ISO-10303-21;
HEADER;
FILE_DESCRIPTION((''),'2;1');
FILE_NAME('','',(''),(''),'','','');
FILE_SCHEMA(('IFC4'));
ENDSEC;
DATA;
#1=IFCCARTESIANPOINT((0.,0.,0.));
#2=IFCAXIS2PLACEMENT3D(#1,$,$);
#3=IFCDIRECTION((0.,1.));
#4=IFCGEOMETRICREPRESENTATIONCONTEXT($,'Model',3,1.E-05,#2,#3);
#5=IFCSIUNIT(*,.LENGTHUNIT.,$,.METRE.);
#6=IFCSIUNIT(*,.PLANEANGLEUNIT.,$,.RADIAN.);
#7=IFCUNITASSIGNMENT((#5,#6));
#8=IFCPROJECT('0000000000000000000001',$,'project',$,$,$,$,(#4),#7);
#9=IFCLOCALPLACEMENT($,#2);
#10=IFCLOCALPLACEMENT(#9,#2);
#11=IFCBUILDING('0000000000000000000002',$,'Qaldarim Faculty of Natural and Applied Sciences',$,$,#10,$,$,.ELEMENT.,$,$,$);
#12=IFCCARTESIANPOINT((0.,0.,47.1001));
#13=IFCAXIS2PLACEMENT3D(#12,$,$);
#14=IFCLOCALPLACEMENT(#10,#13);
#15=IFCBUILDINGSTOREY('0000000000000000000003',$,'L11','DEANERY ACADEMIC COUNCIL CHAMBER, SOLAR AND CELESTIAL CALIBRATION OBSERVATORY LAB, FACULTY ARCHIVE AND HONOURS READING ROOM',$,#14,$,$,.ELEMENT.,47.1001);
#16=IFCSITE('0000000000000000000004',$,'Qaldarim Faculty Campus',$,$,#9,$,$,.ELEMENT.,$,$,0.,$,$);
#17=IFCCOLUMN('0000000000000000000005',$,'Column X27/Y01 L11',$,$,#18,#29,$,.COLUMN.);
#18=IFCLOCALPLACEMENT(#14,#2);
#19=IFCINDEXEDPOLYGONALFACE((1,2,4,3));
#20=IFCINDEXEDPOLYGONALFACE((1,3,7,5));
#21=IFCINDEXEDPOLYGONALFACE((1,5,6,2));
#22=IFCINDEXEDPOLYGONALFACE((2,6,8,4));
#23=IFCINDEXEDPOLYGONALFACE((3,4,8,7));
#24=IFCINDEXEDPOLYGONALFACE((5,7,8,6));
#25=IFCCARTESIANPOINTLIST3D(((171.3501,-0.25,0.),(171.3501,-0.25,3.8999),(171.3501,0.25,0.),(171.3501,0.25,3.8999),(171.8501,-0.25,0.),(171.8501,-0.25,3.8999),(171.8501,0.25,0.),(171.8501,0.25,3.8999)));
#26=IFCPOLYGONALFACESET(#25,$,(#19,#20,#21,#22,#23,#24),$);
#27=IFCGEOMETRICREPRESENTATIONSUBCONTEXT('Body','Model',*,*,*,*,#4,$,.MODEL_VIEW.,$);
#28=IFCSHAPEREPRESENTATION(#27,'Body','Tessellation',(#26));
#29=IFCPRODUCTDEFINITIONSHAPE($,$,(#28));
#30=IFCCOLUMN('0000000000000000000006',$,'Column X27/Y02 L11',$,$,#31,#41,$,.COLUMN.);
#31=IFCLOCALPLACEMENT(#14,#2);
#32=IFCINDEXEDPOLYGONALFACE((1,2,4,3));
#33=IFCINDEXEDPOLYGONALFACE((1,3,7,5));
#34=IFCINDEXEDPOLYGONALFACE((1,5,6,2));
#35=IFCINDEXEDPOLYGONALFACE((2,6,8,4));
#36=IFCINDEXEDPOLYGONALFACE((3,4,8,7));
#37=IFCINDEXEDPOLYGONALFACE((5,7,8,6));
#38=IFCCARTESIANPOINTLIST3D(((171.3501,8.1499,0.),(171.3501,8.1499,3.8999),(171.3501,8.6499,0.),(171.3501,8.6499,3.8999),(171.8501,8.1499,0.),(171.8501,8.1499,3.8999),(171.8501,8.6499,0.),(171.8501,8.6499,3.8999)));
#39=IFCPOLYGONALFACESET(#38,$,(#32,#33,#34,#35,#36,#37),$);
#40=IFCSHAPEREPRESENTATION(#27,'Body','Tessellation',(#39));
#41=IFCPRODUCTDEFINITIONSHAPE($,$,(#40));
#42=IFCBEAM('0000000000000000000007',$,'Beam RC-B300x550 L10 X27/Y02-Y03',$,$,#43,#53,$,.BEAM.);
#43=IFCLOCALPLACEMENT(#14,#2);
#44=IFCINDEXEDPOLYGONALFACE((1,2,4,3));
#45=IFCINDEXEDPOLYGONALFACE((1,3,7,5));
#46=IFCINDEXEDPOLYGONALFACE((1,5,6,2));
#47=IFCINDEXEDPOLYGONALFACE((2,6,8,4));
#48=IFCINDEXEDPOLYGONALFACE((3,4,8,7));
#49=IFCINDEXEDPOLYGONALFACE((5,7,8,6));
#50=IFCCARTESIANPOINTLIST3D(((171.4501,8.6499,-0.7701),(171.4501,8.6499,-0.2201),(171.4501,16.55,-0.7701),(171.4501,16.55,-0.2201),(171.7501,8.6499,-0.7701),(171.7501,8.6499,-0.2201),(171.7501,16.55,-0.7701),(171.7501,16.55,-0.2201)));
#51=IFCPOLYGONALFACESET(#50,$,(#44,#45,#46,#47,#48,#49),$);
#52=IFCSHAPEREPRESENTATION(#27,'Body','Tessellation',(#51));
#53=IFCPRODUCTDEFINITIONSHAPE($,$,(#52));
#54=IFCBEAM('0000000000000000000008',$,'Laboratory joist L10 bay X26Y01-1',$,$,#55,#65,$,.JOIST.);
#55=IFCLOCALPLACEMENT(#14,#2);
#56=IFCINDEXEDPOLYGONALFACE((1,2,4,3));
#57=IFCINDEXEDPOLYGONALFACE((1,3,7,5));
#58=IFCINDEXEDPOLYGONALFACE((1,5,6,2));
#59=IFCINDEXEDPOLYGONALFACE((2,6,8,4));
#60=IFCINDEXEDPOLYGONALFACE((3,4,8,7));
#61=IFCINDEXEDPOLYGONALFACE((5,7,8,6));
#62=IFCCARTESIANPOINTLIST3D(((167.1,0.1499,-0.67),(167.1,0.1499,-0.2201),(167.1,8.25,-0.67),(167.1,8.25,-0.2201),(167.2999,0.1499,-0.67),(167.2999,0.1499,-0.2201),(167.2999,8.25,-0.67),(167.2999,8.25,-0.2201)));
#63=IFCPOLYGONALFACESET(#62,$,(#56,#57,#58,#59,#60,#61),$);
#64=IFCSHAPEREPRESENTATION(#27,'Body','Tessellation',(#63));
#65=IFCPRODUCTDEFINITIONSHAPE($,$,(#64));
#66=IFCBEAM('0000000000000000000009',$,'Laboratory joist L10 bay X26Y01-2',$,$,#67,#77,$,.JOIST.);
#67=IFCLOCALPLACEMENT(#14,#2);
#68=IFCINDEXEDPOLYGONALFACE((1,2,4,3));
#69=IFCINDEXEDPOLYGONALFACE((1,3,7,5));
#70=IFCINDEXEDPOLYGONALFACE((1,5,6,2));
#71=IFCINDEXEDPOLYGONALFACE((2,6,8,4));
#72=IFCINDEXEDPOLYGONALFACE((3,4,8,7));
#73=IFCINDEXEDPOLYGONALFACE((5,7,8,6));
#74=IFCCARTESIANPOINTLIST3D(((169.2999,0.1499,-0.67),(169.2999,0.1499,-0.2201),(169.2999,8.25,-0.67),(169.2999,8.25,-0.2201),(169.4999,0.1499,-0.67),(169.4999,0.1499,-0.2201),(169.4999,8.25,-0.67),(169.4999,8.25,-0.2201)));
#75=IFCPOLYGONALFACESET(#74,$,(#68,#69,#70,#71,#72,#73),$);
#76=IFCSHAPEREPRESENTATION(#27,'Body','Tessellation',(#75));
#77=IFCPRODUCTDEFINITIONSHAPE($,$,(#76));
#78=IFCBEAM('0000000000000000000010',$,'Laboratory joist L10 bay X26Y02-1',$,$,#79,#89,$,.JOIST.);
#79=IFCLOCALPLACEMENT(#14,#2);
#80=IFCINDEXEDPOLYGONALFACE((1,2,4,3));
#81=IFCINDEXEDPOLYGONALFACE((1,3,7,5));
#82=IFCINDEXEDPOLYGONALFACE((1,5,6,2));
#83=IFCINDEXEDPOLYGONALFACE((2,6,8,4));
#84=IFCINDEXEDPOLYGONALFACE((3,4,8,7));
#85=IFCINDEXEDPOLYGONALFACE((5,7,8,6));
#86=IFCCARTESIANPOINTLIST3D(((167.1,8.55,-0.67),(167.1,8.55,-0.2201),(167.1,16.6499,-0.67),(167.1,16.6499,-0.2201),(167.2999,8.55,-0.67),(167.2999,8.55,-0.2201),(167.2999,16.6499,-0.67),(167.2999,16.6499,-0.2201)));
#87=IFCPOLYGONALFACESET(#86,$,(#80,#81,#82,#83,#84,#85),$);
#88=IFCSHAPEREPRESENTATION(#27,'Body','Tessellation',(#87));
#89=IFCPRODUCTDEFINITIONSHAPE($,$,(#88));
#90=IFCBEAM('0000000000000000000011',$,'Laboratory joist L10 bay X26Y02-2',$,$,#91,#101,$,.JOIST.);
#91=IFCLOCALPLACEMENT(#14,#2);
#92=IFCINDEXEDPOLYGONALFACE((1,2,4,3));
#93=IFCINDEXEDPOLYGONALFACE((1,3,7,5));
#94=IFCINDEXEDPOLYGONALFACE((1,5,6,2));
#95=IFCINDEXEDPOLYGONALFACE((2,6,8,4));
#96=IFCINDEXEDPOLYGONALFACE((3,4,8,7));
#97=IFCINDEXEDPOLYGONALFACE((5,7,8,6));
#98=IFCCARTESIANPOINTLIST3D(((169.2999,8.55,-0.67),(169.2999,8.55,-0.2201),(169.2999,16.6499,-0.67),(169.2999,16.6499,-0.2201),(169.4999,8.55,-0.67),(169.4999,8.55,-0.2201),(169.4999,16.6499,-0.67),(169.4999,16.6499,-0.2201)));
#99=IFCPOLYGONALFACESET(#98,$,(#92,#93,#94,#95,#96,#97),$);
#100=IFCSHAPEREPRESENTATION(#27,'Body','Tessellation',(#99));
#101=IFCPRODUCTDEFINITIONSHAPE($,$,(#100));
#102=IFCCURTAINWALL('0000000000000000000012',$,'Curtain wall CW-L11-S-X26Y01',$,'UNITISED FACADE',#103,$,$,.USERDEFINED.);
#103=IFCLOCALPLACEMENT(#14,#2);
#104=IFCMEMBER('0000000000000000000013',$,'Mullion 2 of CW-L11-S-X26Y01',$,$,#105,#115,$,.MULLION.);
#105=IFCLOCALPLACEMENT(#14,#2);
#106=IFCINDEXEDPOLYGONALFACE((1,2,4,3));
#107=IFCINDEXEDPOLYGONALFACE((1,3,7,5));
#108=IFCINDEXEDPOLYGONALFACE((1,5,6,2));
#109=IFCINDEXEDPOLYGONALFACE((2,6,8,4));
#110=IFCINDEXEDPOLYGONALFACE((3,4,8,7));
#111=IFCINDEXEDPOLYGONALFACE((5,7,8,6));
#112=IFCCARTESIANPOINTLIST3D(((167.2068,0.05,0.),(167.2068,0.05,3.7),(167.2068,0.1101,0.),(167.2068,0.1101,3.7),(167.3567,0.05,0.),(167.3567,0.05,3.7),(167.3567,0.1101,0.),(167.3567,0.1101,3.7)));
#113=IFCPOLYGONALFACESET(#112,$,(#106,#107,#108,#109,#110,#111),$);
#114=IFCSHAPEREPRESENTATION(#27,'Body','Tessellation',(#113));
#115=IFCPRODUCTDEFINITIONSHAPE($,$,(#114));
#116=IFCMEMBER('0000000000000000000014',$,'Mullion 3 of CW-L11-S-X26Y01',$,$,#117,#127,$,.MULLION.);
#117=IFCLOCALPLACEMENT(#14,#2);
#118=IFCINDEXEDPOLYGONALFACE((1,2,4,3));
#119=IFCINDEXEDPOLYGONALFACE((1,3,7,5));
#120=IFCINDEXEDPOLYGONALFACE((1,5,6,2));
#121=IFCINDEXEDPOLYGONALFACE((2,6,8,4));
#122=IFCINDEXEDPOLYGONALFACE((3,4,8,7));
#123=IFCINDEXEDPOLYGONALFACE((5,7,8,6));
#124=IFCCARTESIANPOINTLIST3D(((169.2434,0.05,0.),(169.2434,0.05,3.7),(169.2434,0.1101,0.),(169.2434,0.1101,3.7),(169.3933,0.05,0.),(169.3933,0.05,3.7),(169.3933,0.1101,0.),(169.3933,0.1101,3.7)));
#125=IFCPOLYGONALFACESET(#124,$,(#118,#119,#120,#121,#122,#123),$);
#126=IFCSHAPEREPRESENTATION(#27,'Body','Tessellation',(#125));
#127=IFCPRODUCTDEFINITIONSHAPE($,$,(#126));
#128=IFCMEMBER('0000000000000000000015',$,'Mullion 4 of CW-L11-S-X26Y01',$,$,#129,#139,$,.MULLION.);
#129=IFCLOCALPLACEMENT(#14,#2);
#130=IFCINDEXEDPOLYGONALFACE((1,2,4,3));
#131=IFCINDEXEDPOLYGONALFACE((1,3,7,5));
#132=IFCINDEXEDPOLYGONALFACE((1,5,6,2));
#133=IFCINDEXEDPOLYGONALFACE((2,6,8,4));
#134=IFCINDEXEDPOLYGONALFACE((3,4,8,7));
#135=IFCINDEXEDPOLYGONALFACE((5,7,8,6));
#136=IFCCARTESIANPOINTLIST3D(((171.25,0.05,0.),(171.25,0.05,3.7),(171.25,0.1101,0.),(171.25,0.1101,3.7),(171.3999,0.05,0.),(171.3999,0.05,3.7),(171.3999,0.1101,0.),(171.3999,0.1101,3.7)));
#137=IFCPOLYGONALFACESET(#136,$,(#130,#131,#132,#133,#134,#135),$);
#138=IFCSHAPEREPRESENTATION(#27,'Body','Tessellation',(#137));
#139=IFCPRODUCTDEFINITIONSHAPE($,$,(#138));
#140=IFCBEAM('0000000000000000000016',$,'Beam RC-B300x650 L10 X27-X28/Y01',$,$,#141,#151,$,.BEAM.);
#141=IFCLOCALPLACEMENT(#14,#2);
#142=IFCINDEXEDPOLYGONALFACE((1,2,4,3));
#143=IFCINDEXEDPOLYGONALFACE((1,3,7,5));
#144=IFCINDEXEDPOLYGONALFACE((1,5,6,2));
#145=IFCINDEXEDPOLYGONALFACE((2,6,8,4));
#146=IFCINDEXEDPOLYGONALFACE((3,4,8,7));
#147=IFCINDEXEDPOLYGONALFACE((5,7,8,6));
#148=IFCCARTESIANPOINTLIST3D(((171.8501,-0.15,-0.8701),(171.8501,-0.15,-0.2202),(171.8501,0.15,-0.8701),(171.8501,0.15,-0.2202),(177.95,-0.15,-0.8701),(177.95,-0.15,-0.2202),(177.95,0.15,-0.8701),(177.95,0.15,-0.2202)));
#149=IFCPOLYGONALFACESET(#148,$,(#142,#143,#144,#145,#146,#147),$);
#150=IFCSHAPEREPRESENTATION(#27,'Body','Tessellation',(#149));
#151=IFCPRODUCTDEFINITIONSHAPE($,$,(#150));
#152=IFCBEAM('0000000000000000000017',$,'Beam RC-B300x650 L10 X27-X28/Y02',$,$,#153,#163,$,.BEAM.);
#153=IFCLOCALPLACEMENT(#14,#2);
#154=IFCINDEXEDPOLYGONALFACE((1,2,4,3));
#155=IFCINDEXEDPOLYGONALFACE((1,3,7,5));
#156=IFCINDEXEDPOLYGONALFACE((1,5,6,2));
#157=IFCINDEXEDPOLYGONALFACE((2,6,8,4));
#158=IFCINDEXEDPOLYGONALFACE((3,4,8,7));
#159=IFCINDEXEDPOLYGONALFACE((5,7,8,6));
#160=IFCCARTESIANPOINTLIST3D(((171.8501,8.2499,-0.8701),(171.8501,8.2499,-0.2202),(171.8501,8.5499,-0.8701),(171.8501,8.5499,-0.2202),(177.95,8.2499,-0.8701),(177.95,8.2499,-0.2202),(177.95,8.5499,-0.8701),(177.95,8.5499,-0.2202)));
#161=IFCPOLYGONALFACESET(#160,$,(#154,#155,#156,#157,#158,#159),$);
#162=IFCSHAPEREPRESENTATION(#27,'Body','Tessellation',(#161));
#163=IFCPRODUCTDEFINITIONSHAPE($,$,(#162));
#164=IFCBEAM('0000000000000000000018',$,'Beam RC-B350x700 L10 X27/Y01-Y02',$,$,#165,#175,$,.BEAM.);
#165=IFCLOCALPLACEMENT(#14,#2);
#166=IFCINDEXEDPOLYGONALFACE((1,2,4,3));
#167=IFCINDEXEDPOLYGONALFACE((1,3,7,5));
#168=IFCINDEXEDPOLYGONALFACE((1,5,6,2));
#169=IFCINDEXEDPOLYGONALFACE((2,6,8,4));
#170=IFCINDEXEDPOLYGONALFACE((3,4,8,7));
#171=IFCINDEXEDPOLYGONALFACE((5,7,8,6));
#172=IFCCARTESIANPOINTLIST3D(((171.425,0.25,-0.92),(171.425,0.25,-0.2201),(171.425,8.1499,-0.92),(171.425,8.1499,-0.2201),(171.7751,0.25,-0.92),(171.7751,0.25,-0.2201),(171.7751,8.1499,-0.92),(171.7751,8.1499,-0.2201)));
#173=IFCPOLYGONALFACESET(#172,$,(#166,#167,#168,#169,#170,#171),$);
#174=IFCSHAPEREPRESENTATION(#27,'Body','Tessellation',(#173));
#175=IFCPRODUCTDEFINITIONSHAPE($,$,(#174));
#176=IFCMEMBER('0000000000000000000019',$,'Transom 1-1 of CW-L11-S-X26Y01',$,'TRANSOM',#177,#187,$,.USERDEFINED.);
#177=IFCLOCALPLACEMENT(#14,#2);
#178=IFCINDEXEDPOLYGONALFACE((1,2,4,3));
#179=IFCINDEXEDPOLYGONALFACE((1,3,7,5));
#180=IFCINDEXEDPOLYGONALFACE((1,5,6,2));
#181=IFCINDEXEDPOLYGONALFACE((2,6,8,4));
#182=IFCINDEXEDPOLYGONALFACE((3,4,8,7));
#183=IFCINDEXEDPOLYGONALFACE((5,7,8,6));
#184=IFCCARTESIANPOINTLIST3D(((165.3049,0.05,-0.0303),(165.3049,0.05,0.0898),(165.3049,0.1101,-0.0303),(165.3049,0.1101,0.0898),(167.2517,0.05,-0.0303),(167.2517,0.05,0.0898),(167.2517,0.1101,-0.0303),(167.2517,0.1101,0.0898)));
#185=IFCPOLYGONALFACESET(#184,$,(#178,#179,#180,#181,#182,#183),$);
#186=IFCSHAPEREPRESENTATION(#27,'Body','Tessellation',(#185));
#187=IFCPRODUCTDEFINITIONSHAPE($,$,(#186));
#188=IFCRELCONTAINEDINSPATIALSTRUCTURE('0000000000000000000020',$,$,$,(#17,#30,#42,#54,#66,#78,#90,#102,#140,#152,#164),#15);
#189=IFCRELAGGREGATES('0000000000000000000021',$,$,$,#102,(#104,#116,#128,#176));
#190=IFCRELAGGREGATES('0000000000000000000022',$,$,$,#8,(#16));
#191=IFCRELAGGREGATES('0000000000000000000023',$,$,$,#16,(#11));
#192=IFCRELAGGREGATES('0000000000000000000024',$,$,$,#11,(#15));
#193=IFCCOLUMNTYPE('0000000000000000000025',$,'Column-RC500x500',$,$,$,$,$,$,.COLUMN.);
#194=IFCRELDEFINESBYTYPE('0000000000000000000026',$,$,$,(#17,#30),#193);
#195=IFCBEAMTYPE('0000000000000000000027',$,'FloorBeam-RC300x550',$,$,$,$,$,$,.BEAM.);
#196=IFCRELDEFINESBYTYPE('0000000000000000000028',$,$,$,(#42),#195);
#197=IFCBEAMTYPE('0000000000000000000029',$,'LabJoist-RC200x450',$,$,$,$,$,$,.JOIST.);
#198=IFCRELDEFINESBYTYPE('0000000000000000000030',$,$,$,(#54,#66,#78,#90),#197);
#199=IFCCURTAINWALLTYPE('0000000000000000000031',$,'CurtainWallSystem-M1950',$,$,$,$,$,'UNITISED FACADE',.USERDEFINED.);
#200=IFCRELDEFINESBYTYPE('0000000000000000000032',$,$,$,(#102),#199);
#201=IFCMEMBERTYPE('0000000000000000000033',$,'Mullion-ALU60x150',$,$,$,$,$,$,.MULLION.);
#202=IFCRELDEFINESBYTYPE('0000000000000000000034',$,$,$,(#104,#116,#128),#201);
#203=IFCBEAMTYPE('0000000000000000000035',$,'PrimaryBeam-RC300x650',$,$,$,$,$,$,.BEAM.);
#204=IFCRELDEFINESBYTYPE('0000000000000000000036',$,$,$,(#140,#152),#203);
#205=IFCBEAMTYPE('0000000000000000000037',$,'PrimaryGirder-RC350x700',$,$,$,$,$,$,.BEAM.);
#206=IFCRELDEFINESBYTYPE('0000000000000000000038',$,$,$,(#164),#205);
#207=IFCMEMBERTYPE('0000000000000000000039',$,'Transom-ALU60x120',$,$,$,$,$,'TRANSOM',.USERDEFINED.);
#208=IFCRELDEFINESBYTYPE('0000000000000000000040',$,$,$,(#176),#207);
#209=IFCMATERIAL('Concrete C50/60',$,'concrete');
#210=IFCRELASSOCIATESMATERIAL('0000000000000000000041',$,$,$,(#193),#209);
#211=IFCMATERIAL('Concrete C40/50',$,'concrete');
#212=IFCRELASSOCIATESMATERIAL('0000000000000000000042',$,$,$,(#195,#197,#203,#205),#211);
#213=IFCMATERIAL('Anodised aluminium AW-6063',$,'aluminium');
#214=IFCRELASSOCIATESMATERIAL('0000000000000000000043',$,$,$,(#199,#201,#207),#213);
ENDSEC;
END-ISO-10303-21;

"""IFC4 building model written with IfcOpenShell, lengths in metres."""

from ifc_helpers import new_model, si_unit, direction, frame, origin, origin_2d, place, context, subcontext, project, spatial, rectangle, extrude, material, material_profile, profile_set, type_object, element, aggregate, save


model = new_model("IFC4")

# Units and contexts
model_context = context("Model", 3, precision=1e-05, world=origin(), true_north=direction((0.0, 1.0)))
body_context = subcontext(model_context, "Body", "Model", "MODEL_VIEW")
ifc_project = project(units=[si_unit("LENGTHUNIT", "METRE"), si_unit("PLANEANGLEUNIT", "RADIAN")], contexts=[model_context])

# Site, building, storey
site_placement = place(None, origin())
site = spatial("IfcSite", under=ifc_project, at=site_placement, Name="Qaldarim Faculty Campus", CompositionType="ELEMENT", RefElevation=0.0)
building_placement = place(site_placement, origin())
building = spatial("IfcBuilding", under=site, at=building_placement, Name="Qaldarim Faculty of Natural and Applied Sciences", CompositionType="ELEMENT")
storey_placement = place(building_placement, frame((0.0, 0.0, 47.1001)))
storey = spatial("IfcBuildingStorey", under=building, at=storey_placement, Name="L11", Description="DEANERY ACADEMIC COUNCIL CHAMBER, SOLAR AND CELESTIAL CALIBRATION OBSERVATORY LAB, FACULTY ARCHIVE AND HONOURS READING ROOM", CompositionType="ELEMENT", Elevation=47.1001)

# Columns
ifc_material_1 = material(Name="Concrete C50/60", Category="concrete")
ifc_material_profile_1 = material_profile(ifc_material_1, rectangle(XDim=0.5, YDim=0.5, at=origin_2d()), Name="RC-C500x500")
ifc_profile_set_1 = profile_set([ifc_material_profile_1], Name="Concrete C50/60")
column_type = type_object("IfcColumnType", Name="Column-RC500x500", PredefinedType="COLUMN", material=ifc_profile_set_1)
for number, where, z_axis, x_axis, name in (
    (1, (171.6001, 0.0, 0.0), (0.0, 0.0, 1.0), (1.0, 0.0, 0.0), "Column X27/Y01 L11"),
    (2, (171.6001, 8.3999, 0.0), (0.0, 0.0, 1.0), (1.0, 0.0, 0.0), "Column X27/Y02 L11"),
):
    element("IfcColumn", number, at=place(storey_placement, frame(where, z_axis=z_axis, x_axis=x_axis)), inside=storey, type_object=column_type, Name=name, PredefinedType="COLUMN", context=body_context, shape_type="SweptSolid", body=[
        extrude(rectangle(XDim=0.5, YDim=0.5, at=origin_2d()), origin(), (0.0, 0.0, 1.0), 3.8999),
    ])

# Beams
ifc_material_2 = material(Name="Concrete C40/50", Category="concrete")
ifc_material_profile_2 = material_profile(ifc_material_2, rectangle(XDim=0.3, YDim=0.55, at=origin_2d()), Name="RC-B300x550")
ifc_profile_set_2 = profile_set([ifc_material_profile_2], Name="Concrete C40/50")
beam_type_1 = type_object("IfcBeamType", Name="FloorBeam-RC300x550", PredefinedType="BEAM", material=ifc_profile_set_2)
beam_1_placement = place(storey_placement, frame((171.6001, 8.6499, -0.4951), z_axis=(0.0, 1.0, 0.0), x_axis=(-1.0, 0.0, 0.0)))
element("IfcBeam", 3, at=beam_1_placement, inside=storey, type_object=beam_type_1, Name="Beam RC-B300x550 L10 X27/Y02-Y03", PredefinedType="BEAM", context=body_context, shape_type="SweptSolid", body=[
    extrude(rectangle(XDim=0.3, YDim=0.55, at=origin_2d()), origin(), (0.0, 0.0, 1.0), 7.9001),
])
ifc_material_profile_3 = material_profile(ifc_material_2, rectangle(XDim=0.2, YDim=0.45, at=origin_2d()), Name="RC-J200x450")
ifc_profile_set_3 = profile_set([ifc_material_profile_3], Name="Concrete C40/50")
beam_type_2 = type_object("IfcBeamType", Name="LabJoist-RC200x450", PredefinedType="JOIST", material=ifc_profile_set_3)
for number, where, z_axis, x_axis, name in (
    (4, (167.2, 0.1499, -0.4451), (0.0, 1.0, 0.0), (-1.0, 0.0, 0.0), "Laboratory joist L10 bay X26Y01-1"),
    (5, (169.3999, 0.1499, -0.4451), (0.0, 1.0, 0.0), (-1.0, 0.0, 0.0), "Laboratory joist L10 bay X26Y01-2"),
):
    element("IfcBeam", number, at=place(storey_placement, frame(where, z_axis=z_axis, x_axis=x_axis)), inside=storey, type_object=beam_type_2, Name=name, PredefinedType="JOIST", context=body_context, shape_type="SweptSolid", body=[
        extrude(rectangle(XDim=0.2, YDim=0.45, at=origin_2d()), origin(), (0.0, 0.0, 1.0), 8.1001),
    ])
for number, where, z_axis, x_axis, name in (
    (6, (167.2, 8.55, -0.4451), (0.0, 1.0, 0.0), (-1.0, 0.0, 0.0), "Laboratory joist L10 bay X26Y02-1"),
    (7, (169.3999, 8.55, -0.4451), (0.0, 1.0, 0.0), (-1.0, 0.0, 0.0), "Laboratory joist L10 bay X26Y02-2"),
):
    element("IfcBeam", number, at=place(storey_placement, frame(where, z_axis=z_axis, x_axis=x_axis)), inside=storey, type_object=beam_type_2, Name=name, PredefinedType="JOIST", context=body_context, shape_type="SweptSolid", body=[
        extrude(rectangle(XDim=0.2, YDim=0.45, at=origin_2d()), origin(), (0.0, 0.0, 1.0), 8.0999),
    ])

# Curtain wall, members
ifc_material_3 = material(Name="Anodised aluminium AW-6063", Category="aluminium")
curtain_wall_type = type_object("IfcCurtainWallType", Name="CurtainWallSystem-M1950", ElementType="UNITISED FACADE", PredefinedType="USERDEFINED", material=ifc_material_3)
curtain_wall_placement = place(storey_placement, origin())
curtain_wall = element("IfcCurtainWall", 8, at=curtain_wall_placement, inside=storey, type_object=curtain_wall_type, Name="Curtain wall CW-L11-S-X26Y01", ObjectType="UNITISED FACADE", PredefinedType="USERDEFINED")
ifc_material_profile_4 = material_profile(ifc_material_3, rectangle(XDim=0.0601, YDim=0.1499, at=origin_2d()), Name="ALU-M60x150")
ifc_profile_set_4 = profile_set([ifc_material_profile_4], Name="Anodised aluminium AW-6063")
member_type_1 = type_object("IfcMemberType", Name="Mullion-ALU60x150", PredefinedType="MULLION", material=ifc_profile_set_4)
member_1_placement = place(storey_placement, frame((167.2817, 0.0801, 0.0), z_axis=(0.0, 0.0, 1.0), x_axis=(0.0, 1.0, 0.0)))
member_1 = element("IfcMember", 9, at=member_1_placement, type_object=member_type_1, Name="Mullion 2 of CW-L11-S-X26Y01", PredefinedType="MULLION", context=body_context, shape_type="SweptSolid", body=[
    extrude(rectangle(XDim=0.0601, YDim=0.1499, at=origin_2d()), origin(), (0.0, 0.0, 1.0), 3.7),
])
member_2_placement = place(storey_placement, frame((169.3184, 0.0801, 0.0), z_axis=(0.0, 0.0, 1.0), x_axis=(0.0, 1.0, 0.0)))
member_2 = element("IfcMember", 10, at=member_2_placement, type_object=member_type_1, Name="Mullion 3 of CW-L11-S-X26Y01", PredefinedType="MULLION", context=body_context, shape_type="SweptSolid", body=[
    extrude(rectangle(XDim=0.0601, YDim=0.1499, at=origin_2d()), origin(), (0.0, 0.0, 1.0), 3.7),
])
member_3_placement = place(storey_placement, frame((171.325, 0.0801, 0.0), z_axis=(0.0, 0.0, 1.0), x_axis=(0.0, 1.0, 0.0)))
member_3 = element("IfcMember", 11, at=member_3_placement, type_object=member_type_1, Name="Mullion 4 of CW-L11-S-X26Y01", PredefinedType="MULLION", context=body_context, shape_type="SweptSolid", body=[
    extrude(rectangle(XDim=0.0601, YDim=0.1499, at=origin_2d()), origin(), (0.0, 0.0, 1.0), 3.7),
])

# Beams
ifc_material_profile_5 = material_profile(ifc_material_2, rectangle(XDim=0.3, YDim=0.6499, at=origin_2d()), Name="RC-B300x650")
ifc_profile_set_5 = profile_set([ifc_material_profile_5], Name="Concrete C40/50")
beam_type_3 = type_object("IfcBeamType", Name="PrimaryBeam-RC300x650", PredefinedType="BEAM", material=ifc_profile_set_5)
for number, where, z_axis, x_axis, name in (
    (12, (171.8501, 0.0, -0.5452), (1.0, 0.0, 0.0), (0.0, 1.0, 0.0), "Beam RC-B300x650 L10 X27-X28/Y01"),
    (13, (171.8501, 8.3999, -0.5452), (1.0, 0.0, 0.0), (0.0, 1.0, 0.0), "Beam RC-B300x650 L10 X27-X28/Y02"),
):
    element("IfcBeam", number, at=place(storey_placement, frame(where, z_axis=z_axis, x_axis=x_axis)), inside=storey, type_object=beam_type_3, Name=name, PredefinedType="BEAM", context=body_context, shape_type="SweptSolid", body=[
        extrude(rectangle(XDim=0.3, YDim=0.6499, at=origin_2d()), origin(), (0.0, 0.0, 1.0), 6.0999),
    ])
ifc_material_profile_6 = material_profile(ifc_material_2, rectangle(XDim=0.3501, YDim=0.7, at=origin_2d()), Name="RC-B350x700")
ifc_profile_set_6 = profile_set([ifc_material_profile_6], Name="Concrete C40/50")
beam_type_4 = type_object("IfcBeamType", Name="PrimaryGirder-RC350x700", PredefinedType="BEAM", material=ifc_profile_set_6)
beam_2_placement = place(storey_placement, frame((171.6001, 0.25, -0.5701), z_axis=(0.0, 1.0, 0.0), x_axis=(-1.0, 0.0, 0.0)))
element("IfcBeam", 14, at=beam_2_placement, inside=storey, type_object=beam_type_4, Name="Beam RC-B350x700 L10 X27/Y01-Y02", PredefinedType="BEAM", context=body_context, shape_type="SweptSolid", body=[
    extrude(rectangle(XDim=0.3501, YDim=0.7, at=origin_2d()), origin(), (0.0, 0.0, 1.0), 7.8999),
])

# Member
ifc_material_profile_7 = material_profile(ifc_material_3, rectangle(XDim=0.0601, YDim=0.1201, at=origin_2d()), Name="ALU-T60x120")
ifc_profile_set_7 = profile_set([ifc_material_profile_7], Name="Anodised aluminium AW-6063")
member_type_2 = type_object("IfcMemberType", Name="Transom-ALU60x120", ElementType="TRANSOM", PredefinedType="USERDEFINED", material=ifc_profile_set_7)
member_4_placement = place(storey_placement, frame((165.3049, 0.0801, 0.0298), z_axis=(1.0, 0.0, 0.0), x_axis=(0.0, 1.0, 0.0)))
member_4 = element("IfcMember", 15, at=member_4_placement, type_object=member_type_2, Name="Transom 1-1 of CW-L11-S-X26Y01", ObjectType="TRANSOM", PredefinedType="USERDEFINED", context=body_context, shape_type="SweptSolid", body=[
    extrude(rectangle(XDim=0.0601, YDim=0.1201, at=origin_2d()), origin(), (0.0, 0.0, 1.0), 1.9468),
])

aggregate(curtain_wall, [member_1, member_2, member_3, member_4])

save(model, "model.ifc")
